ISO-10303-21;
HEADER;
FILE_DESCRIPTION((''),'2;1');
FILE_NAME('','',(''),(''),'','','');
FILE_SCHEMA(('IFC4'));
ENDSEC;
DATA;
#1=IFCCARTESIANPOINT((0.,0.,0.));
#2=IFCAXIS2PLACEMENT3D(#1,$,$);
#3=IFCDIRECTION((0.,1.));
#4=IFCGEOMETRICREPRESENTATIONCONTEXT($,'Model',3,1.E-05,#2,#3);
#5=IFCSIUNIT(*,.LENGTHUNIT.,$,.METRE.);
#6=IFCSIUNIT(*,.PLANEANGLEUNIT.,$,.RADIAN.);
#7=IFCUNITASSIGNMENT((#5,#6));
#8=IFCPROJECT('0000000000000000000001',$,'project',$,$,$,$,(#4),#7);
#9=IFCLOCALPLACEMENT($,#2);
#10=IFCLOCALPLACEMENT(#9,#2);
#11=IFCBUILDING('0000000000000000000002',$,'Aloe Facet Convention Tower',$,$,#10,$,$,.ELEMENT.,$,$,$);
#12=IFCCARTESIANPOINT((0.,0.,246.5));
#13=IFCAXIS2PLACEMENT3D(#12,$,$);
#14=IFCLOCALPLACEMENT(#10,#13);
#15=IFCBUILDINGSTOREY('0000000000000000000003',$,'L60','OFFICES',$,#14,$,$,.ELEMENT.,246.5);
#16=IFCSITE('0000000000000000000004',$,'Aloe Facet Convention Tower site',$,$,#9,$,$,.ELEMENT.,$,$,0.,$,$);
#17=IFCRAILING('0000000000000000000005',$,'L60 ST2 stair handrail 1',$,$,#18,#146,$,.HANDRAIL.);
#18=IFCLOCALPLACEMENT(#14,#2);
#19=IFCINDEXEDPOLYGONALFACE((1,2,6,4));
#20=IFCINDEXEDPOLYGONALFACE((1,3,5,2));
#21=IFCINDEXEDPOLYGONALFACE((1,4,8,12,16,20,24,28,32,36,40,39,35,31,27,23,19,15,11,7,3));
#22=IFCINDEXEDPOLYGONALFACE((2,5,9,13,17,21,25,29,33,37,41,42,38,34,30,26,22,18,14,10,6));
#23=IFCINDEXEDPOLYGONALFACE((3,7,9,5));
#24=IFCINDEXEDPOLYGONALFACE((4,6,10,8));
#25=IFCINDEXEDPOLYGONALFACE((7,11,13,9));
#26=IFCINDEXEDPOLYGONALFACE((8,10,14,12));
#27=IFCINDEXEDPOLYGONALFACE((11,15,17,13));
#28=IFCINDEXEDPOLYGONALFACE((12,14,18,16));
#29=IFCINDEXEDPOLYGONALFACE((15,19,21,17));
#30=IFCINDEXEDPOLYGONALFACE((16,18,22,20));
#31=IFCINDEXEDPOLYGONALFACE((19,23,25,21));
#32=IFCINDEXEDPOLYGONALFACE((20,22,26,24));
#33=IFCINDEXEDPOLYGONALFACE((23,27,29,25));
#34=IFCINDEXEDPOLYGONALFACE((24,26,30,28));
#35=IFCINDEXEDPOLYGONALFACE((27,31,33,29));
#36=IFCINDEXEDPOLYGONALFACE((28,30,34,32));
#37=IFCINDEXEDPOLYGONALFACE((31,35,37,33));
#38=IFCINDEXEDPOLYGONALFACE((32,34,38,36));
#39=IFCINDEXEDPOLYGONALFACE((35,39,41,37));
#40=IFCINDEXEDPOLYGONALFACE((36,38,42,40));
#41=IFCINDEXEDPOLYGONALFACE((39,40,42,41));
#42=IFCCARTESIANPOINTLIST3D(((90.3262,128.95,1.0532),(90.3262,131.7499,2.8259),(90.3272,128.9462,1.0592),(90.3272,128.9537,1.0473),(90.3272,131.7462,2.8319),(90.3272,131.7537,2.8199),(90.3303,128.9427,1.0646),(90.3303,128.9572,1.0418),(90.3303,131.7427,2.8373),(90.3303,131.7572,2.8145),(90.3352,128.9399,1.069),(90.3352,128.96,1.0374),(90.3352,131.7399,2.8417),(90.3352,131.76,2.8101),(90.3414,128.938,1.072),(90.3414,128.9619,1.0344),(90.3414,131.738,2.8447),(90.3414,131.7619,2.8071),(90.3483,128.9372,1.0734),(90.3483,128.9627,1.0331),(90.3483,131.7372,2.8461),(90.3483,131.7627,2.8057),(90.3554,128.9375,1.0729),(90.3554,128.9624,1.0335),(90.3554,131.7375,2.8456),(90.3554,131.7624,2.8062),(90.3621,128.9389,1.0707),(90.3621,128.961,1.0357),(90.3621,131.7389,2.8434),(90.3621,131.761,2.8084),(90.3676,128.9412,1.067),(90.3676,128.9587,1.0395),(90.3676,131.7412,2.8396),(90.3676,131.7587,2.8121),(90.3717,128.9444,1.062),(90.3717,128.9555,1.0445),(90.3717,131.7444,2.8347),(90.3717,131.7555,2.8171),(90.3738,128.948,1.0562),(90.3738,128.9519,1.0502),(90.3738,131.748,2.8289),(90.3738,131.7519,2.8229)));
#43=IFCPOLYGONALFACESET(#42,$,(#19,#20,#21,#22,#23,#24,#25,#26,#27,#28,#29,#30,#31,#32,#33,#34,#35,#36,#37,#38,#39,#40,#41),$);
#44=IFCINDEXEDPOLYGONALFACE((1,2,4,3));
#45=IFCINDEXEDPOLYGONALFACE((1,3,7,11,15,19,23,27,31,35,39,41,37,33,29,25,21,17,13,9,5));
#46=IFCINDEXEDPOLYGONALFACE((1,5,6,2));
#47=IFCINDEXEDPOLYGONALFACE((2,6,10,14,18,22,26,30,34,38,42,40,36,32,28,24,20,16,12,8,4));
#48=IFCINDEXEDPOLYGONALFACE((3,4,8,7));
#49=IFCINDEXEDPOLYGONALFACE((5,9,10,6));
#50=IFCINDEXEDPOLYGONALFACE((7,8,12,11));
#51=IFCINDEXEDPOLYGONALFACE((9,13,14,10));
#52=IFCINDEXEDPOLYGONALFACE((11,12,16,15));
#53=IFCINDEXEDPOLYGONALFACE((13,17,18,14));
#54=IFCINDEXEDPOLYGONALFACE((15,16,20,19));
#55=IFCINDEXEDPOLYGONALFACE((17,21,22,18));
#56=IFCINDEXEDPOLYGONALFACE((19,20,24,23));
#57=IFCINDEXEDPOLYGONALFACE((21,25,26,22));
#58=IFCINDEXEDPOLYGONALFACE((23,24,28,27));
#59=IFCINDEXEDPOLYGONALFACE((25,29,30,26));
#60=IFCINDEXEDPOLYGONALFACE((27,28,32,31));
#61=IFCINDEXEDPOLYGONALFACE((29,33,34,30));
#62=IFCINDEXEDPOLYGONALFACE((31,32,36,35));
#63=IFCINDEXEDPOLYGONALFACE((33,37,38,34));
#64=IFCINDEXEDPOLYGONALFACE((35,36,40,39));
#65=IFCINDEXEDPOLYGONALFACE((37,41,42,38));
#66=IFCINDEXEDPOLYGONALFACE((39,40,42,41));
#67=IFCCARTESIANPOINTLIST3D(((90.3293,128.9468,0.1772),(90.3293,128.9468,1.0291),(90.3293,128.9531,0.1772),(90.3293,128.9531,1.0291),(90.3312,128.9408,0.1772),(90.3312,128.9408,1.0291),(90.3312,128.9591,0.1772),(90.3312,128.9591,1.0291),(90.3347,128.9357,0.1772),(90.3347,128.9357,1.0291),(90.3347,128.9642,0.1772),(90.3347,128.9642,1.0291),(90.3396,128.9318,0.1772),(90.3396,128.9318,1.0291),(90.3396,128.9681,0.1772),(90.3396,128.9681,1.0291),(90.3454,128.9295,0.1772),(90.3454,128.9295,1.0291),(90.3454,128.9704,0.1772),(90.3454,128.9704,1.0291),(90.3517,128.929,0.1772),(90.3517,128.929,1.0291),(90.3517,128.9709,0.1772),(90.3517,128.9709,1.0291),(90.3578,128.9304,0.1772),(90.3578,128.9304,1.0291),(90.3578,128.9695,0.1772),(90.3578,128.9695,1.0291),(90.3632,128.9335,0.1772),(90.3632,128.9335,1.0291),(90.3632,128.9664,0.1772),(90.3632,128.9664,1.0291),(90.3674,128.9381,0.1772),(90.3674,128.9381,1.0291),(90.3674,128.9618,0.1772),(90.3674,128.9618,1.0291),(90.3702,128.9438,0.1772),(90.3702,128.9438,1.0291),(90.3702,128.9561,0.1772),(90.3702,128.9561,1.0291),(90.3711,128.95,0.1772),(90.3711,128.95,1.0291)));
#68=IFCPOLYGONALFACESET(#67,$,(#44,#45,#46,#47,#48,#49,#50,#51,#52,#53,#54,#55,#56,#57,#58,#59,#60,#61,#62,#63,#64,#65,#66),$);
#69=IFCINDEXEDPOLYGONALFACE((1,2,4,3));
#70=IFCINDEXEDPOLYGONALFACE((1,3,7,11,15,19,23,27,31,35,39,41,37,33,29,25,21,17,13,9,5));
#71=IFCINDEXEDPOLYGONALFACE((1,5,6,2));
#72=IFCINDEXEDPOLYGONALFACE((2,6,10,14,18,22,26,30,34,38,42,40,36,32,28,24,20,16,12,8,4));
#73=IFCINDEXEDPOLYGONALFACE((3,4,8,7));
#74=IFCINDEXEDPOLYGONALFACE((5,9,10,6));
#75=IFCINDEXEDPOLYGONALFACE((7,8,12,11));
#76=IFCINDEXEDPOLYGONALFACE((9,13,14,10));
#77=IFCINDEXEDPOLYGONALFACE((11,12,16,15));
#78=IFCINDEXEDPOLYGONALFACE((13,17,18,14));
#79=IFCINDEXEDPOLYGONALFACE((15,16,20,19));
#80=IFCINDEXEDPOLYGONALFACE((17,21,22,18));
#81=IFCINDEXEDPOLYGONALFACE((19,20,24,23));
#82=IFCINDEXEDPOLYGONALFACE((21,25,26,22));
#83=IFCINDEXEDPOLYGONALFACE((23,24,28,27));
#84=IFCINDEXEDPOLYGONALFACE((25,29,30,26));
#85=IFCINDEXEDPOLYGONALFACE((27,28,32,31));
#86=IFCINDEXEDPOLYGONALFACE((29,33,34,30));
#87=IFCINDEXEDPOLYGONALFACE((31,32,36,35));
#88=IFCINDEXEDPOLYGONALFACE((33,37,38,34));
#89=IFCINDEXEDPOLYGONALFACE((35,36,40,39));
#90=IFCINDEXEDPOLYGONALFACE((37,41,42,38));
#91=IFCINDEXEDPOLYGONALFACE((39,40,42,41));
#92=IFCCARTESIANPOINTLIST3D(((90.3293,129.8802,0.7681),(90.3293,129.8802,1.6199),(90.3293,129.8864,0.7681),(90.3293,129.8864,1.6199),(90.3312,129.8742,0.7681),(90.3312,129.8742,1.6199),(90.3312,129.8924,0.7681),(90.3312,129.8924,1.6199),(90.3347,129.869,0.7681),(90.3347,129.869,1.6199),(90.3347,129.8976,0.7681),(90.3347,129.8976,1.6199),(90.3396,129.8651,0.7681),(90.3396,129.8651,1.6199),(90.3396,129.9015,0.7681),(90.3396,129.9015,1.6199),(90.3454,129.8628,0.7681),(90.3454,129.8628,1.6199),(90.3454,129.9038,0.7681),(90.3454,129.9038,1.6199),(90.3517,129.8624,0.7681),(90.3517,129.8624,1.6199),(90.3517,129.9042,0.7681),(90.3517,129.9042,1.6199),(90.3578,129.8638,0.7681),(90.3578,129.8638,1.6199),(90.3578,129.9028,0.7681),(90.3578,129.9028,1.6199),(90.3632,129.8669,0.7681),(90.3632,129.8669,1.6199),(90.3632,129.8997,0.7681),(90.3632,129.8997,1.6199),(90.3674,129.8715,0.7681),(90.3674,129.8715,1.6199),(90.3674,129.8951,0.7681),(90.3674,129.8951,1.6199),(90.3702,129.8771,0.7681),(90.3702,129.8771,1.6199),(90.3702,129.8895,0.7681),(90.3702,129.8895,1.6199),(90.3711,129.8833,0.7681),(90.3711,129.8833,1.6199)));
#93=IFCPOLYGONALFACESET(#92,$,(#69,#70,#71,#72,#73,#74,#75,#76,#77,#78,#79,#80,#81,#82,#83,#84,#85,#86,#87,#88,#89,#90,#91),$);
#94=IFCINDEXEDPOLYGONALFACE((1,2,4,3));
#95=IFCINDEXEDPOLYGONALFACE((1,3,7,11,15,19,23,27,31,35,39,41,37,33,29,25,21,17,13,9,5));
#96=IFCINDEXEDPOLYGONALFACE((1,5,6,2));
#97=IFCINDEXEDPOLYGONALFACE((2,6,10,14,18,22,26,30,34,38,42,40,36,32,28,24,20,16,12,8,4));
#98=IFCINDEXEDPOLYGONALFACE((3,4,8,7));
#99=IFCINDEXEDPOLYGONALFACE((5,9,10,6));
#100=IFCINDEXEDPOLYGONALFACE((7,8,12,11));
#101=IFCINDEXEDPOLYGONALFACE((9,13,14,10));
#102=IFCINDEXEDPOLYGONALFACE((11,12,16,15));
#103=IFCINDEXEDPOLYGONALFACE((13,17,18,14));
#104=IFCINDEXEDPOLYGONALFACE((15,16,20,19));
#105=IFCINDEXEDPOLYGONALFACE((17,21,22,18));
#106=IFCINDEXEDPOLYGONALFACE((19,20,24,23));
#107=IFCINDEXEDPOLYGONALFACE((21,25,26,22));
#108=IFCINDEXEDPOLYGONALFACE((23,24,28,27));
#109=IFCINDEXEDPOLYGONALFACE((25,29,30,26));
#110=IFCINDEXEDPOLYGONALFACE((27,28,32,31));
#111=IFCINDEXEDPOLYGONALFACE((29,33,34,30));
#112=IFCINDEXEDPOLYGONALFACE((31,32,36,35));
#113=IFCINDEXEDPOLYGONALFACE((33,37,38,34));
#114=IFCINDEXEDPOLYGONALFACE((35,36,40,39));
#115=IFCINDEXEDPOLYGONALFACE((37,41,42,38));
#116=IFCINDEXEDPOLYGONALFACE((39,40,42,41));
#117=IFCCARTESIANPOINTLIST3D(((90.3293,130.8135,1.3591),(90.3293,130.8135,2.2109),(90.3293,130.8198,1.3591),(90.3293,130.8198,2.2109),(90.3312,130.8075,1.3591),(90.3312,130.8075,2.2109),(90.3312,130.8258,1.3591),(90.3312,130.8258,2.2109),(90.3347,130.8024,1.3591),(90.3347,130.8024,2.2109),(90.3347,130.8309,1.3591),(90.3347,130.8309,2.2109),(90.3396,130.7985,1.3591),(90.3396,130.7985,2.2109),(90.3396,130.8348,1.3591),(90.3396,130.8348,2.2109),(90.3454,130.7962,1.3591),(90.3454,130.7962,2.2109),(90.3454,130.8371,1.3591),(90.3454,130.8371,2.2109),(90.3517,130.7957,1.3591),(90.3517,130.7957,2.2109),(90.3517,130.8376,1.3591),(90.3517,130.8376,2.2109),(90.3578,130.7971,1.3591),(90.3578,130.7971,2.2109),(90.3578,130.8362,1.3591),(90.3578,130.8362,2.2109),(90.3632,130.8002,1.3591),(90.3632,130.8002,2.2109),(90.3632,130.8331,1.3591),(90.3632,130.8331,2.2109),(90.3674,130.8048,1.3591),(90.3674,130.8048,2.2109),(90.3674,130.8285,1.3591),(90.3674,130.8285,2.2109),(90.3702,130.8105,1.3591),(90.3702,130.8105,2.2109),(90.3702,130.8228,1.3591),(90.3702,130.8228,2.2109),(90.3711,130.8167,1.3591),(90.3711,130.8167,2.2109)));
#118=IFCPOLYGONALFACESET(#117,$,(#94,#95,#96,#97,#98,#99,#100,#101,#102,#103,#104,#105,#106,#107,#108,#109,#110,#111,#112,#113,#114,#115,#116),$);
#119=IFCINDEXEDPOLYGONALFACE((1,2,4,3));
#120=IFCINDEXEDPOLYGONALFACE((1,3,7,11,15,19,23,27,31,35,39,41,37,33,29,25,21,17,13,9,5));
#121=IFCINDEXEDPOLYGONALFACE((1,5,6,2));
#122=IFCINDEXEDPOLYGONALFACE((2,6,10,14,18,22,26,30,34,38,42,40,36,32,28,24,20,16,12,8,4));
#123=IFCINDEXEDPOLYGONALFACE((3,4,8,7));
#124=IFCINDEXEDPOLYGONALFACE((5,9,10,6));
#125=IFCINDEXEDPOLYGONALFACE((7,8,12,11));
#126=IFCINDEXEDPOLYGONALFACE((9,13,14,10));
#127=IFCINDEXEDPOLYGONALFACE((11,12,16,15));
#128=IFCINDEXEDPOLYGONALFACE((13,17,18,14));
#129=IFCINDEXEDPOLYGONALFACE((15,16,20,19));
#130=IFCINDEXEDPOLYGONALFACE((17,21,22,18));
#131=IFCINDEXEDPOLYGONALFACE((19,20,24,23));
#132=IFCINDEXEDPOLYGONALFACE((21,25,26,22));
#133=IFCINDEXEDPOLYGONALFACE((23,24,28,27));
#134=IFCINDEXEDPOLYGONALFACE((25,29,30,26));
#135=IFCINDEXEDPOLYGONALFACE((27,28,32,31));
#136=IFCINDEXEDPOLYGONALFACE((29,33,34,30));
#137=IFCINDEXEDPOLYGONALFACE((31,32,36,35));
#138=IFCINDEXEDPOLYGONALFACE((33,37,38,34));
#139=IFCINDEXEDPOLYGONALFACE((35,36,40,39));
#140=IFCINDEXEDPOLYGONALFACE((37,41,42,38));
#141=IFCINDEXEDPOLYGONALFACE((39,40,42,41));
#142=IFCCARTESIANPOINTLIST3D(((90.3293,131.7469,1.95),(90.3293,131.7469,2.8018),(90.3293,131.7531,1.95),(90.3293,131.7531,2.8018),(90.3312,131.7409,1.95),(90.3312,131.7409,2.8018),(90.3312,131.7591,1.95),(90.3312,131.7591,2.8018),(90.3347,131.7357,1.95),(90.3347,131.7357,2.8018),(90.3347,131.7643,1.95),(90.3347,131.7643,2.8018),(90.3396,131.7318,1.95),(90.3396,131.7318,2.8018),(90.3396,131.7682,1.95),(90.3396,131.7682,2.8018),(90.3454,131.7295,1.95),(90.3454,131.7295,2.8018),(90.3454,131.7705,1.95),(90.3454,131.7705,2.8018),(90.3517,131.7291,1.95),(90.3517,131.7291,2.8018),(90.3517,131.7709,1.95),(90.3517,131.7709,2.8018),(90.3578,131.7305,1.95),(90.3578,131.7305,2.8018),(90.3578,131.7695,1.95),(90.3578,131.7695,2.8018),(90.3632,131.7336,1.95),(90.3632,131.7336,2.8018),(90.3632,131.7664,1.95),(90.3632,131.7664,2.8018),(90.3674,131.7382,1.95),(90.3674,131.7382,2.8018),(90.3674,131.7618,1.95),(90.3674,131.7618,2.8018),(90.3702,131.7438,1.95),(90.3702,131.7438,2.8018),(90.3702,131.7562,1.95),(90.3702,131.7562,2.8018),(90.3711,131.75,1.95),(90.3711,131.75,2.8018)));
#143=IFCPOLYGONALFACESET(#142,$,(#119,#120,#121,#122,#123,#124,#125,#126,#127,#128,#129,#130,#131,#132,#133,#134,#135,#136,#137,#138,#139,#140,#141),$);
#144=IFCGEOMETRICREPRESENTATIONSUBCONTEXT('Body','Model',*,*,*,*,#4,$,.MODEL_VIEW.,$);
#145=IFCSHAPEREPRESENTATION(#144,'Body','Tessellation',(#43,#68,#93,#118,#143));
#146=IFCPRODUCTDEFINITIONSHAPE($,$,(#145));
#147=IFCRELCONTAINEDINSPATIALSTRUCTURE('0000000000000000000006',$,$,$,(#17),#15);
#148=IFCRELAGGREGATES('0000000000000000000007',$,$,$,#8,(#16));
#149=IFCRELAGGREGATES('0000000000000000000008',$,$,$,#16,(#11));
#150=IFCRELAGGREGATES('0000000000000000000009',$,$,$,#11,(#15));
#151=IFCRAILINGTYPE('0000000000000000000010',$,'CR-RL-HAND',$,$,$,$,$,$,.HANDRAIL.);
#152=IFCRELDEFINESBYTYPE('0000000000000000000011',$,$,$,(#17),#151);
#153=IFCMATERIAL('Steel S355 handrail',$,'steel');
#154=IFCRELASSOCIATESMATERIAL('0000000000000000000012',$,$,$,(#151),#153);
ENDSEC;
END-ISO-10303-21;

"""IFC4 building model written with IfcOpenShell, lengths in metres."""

from ifc_helpers import new_model, si_unit, direction, frame, origin, origin_2d, place, context, subcontext, project, spatial, circle, extrude, material, type_object, element, save


model = new_model("IFC4")

# Units and contexts
model_context = context("Model", 3, precision=1e-05, world=origin(), true_north=direction((0.0, 1.0)))
body_context = subcontext(model_context, "Body", "Model", "MODEL_VIEW")
ifc_project = project(units=[si_unit("LENGTHUNIT", "METRE"), si_unit("PLANEANGLEUNIT", "RADIAN")], contexts=[model_context])

# Site, building, storey
site_placement = place(None, origin())
site = spatial("IfcSite", under=ifc_project, at=site_placement, Name="Aloe Facet Convention Tower site", CompositionType="ELEMENT", RefElevation=0.0)
building_placement = place(site_placement, origin())
building = spatial("IfcBuilding", under=site, at=building_placement, Name="Aloe Facet Convention Tower", CompositionType="ELEMENT")
storey_placement = place(building_placement, frame((0.0, 0.0, 246.5)))
storey = spatial("IfcBuildingStorey", under=building, at=storey_placement, Name="L60", Description="OFFICES", CompositionType="ELEMENT", Elevation=246.5)

# Railing
ifc_material_1 = material(Name="Steel S355 handrail", Category="steel")
railing_type_1 = type_object("IfcRailingType", Name="CR-RL-HAND", PredefinedType="HANDRAIL", material=ifc_material_1)
railing_1_placement = place(storey_placement, frame((90.3501, 128.95, 0.1772)))
element("IfcRailing", 1, at=railing_1_placement, inside=storey, type_object=railing_type_1, Name="L60 ST2 stair handrail 1", PredefinedType="HANDRAIL", context=body_context, shape_type="SweptSolid", body=[
    extrude(circle(Radius=0.0239, at=origin_2d()), frame((0.0, 0.0, 0.876), z_axis=(0.0, 0.844909, 0.53491), x_axis=(-1.0, 0.0, 0.0)), (0.0, 0.0, 1.0), 3.314),
    extrude(circle(Radius=0.021, at=origin_2d()), origin(), (0.0, 0.0, 1.0), 0.8518),
    extrude(circle(Radius=0.021, at=origin_2d()), frame((0.0, 0.9333, 0.5908)), (0.0, 0.0, 1.0), 0.8518),
    extrude(circle(Radius=0.021, at=origin_2d()), frame((0.0, 1.8667, 1.1819)), (0.0, 0.0, 1.0), 0.8518),
    extrude(circle(Radius=0.021, at=origin_2d()), frame((0.0, 2.8, 1.7727)), (0.0, 0.0, 1.0), 0.8518),
])

save(model, "model.ifc")
